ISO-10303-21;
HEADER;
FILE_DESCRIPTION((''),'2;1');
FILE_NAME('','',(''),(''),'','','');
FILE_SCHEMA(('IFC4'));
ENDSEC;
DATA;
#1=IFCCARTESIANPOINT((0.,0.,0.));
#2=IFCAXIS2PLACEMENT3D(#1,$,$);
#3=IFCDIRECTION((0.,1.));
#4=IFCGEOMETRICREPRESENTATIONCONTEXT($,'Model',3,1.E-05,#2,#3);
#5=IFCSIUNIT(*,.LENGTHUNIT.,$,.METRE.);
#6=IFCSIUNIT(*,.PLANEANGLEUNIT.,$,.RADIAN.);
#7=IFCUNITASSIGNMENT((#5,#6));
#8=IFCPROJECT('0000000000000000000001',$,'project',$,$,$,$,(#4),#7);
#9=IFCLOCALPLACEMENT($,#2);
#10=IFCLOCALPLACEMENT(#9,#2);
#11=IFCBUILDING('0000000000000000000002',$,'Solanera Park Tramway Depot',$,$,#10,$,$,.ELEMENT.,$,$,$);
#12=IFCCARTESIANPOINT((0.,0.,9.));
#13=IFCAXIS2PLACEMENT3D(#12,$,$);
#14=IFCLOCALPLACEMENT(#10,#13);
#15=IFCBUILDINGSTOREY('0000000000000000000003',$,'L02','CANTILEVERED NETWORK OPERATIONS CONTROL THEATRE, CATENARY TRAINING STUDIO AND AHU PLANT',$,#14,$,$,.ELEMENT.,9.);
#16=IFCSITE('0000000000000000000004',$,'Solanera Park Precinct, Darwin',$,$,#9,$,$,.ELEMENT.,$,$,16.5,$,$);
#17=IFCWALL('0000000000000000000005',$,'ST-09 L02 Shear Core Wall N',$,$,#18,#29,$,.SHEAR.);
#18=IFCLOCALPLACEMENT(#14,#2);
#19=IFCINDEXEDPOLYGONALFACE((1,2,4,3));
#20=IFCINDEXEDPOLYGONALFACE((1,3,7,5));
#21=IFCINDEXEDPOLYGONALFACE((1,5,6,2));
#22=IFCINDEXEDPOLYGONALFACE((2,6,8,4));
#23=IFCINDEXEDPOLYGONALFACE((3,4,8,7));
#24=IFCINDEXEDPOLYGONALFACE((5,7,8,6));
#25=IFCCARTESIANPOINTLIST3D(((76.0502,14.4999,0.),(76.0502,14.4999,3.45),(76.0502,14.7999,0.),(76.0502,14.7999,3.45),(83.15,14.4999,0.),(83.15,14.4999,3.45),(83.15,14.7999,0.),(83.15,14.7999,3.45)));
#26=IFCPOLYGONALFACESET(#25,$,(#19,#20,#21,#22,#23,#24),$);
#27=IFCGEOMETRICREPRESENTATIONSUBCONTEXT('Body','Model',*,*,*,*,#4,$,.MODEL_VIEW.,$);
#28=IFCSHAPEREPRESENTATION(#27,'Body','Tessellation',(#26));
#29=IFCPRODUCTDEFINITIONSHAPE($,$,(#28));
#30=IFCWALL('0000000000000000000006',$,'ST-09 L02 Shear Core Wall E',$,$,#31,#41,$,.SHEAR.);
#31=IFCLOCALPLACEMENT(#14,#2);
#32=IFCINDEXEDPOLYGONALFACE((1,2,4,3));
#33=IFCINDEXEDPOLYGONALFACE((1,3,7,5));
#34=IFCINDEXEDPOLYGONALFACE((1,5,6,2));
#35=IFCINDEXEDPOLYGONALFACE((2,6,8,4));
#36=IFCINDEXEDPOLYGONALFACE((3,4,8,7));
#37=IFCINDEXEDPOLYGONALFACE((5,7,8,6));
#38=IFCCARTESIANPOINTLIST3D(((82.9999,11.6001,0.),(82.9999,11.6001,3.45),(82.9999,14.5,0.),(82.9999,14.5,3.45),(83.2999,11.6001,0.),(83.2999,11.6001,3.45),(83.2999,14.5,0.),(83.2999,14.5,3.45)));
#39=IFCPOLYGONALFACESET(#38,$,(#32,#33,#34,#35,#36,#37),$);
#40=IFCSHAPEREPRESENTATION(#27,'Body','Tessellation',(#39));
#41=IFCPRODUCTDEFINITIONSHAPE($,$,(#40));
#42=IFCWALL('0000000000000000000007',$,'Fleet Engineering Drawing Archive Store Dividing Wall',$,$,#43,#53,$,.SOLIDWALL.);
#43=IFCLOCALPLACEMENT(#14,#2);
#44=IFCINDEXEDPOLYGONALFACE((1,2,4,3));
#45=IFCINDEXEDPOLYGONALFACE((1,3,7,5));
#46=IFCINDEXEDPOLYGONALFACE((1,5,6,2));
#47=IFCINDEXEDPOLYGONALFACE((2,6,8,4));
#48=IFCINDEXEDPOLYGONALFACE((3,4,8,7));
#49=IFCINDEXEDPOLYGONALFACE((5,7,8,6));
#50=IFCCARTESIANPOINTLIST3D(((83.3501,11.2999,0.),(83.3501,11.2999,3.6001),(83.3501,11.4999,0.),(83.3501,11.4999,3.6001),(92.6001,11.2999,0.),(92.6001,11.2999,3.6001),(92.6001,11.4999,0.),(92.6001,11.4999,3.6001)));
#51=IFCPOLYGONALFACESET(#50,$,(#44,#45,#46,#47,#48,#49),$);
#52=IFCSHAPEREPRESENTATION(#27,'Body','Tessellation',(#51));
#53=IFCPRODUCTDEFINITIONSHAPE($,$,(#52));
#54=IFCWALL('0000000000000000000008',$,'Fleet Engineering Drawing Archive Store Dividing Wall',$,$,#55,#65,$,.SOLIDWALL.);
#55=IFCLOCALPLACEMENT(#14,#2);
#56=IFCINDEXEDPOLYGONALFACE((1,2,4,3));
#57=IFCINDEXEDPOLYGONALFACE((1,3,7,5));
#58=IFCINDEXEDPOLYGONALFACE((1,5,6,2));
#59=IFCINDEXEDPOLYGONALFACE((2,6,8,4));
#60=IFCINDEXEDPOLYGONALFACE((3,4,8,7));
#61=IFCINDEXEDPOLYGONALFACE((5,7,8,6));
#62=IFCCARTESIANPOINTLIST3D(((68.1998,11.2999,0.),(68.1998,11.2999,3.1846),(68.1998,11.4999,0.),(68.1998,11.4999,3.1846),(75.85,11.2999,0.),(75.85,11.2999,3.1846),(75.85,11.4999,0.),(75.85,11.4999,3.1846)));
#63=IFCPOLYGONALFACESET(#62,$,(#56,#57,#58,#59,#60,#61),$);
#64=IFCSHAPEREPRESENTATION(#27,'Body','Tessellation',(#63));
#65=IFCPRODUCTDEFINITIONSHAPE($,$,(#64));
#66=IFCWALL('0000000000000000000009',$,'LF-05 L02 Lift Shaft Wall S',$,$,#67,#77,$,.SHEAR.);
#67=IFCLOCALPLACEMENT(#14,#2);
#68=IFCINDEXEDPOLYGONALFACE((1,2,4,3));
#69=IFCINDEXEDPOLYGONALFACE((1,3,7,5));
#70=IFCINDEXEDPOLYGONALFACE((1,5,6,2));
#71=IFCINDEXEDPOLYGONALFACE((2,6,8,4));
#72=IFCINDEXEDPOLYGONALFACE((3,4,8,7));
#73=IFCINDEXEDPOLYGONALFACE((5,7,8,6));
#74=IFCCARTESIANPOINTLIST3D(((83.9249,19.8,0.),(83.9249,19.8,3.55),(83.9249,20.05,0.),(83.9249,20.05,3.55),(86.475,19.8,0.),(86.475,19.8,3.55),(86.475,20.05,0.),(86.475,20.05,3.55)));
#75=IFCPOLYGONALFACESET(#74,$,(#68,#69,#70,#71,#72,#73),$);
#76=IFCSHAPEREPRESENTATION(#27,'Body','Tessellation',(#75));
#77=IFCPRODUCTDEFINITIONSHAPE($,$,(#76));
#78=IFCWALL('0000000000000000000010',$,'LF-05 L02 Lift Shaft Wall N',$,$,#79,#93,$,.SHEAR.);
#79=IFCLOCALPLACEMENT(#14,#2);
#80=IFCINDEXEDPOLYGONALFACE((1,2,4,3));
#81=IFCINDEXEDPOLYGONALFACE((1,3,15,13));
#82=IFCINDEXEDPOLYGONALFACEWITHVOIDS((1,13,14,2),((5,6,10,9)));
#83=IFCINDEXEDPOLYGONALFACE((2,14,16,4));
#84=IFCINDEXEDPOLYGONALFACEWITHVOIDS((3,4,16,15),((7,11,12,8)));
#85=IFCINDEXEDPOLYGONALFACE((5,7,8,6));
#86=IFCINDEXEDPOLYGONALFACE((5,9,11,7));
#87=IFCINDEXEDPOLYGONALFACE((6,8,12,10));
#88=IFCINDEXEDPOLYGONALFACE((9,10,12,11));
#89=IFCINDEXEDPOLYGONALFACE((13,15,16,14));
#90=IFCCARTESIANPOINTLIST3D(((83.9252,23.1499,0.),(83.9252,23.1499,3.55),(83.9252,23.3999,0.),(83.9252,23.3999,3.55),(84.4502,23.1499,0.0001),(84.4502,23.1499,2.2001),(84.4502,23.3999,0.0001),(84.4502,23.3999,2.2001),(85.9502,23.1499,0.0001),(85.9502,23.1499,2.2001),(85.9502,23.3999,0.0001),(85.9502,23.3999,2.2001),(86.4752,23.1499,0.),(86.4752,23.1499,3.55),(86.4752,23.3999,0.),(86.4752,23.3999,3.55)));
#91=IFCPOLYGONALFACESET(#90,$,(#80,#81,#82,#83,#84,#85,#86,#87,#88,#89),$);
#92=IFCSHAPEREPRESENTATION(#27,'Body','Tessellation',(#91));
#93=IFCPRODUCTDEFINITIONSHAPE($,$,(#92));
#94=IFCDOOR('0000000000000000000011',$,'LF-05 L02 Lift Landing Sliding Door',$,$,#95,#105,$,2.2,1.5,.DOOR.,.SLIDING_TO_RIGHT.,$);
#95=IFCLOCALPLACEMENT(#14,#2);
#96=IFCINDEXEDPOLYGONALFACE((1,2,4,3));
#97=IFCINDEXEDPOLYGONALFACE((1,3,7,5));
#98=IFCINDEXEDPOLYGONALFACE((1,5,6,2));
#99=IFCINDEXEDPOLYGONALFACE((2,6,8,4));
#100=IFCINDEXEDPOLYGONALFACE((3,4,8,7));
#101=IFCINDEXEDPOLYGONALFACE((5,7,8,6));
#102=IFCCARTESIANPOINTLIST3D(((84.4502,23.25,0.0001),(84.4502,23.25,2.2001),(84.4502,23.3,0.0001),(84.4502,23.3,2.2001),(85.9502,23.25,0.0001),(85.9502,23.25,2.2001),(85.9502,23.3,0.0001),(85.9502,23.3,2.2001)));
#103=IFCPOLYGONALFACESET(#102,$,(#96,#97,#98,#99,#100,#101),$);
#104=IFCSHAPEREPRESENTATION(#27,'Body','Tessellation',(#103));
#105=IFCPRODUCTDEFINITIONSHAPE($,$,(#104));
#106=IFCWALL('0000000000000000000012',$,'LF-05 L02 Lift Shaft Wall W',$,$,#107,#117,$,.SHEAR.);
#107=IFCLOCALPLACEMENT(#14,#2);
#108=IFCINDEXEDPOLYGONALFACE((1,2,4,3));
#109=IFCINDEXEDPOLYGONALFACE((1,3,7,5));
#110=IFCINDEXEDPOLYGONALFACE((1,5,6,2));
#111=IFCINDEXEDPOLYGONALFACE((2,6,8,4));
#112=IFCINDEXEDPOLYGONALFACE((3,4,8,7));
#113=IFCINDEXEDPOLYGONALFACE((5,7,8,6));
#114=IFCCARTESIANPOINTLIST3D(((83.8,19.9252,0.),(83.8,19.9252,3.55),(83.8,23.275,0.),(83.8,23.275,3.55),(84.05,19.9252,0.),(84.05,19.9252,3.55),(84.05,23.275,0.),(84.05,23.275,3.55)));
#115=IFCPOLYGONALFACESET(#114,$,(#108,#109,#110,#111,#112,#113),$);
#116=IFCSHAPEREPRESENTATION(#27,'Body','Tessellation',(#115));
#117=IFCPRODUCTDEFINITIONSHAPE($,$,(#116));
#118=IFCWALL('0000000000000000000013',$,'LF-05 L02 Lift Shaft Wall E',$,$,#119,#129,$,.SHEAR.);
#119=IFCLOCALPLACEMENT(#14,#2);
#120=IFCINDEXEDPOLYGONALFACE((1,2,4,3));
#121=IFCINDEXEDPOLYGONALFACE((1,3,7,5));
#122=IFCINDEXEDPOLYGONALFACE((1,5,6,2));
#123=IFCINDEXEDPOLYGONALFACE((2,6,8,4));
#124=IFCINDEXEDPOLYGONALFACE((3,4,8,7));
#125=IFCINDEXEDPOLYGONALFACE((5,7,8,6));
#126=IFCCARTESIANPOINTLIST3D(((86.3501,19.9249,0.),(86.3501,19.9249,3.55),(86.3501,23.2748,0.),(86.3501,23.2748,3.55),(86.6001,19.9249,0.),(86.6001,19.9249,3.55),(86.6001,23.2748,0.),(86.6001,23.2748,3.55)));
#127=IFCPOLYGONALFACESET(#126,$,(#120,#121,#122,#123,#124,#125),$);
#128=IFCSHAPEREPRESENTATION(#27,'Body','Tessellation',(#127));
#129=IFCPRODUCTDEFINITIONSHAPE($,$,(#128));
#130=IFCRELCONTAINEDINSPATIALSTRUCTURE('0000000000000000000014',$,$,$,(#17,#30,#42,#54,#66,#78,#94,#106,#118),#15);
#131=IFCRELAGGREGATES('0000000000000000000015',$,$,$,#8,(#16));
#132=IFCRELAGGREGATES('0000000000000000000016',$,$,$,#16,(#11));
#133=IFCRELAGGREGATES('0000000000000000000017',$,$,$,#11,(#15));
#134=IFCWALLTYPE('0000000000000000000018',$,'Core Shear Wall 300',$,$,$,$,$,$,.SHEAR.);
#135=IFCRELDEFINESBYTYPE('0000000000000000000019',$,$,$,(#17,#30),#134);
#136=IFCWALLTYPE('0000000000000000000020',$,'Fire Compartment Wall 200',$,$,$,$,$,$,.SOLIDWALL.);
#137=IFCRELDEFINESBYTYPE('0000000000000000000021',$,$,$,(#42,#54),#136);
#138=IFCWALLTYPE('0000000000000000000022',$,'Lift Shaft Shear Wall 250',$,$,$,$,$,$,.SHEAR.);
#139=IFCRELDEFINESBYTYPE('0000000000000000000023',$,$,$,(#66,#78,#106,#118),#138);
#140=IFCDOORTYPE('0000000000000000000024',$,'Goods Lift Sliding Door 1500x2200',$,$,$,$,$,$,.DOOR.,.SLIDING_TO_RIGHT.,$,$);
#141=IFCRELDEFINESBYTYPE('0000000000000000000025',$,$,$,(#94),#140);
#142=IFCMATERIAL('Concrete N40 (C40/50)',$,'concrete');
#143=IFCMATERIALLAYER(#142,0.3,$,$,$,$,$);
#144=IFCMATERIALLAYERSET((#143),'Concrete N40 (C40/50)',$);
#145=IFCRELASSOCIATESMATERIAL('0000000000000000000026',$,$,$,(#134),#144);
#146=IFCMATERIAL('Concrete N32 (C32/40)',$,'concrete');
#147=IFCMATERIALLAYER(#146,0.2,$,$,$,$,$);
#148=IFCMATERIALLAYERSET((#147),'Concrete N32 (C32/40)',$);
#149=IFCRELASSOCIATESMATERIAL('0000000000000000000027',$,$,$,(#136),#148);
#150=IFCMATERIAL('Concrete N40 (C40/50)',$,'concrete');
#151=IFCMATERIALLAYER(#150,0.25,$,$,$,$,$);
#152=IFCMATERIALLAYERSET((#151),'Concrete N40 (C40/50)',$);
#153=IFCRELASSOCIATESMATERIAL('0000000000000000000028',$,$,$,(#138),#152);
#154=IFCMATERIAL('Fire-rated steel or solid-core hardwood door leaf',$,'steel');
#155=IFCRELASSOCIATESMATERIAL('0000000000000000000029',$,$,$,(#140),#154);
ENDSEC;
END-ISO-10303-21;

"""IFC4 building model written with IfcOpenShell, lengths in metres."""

from ifc_helpers import new_model, si_unit, direction, frame, frame_2d, origin, place, context, subcontext, project, spatial, rectangle, extrude, material, layer, layer_set, type_object, element, fill, save


model = new_model("IFC4")

# Units and contexts
model_context = context("Model", 3, precision=1e-05, world=origin(), true_north=direction((0.0, 1.0)))
body_context = subcontext(model_context, "Body", "Model", "MODEL_VIEW")
ifc_project = project(units=[si_unit("LENGTHUNIT", "METRE"), si_unit("PLANEANGLEUNIT", "RADIAN")], contexts=[model_context])

# Site, building, storey
site_placement = place(None, origin())
site = spatial("IfcSite", under=ifc_project, at=site_placement, Name="Solanera Park Precinct, Darwin", CompositionType="ELEMENT", RefElevation=16.5)
building_placement = place(site_placement, origin())
building = spatial("IfcBuilding", under=site, at=building_placement, Name="Solanera Park Tramway Depot", CompositionType="ELEMENT")
storey_placement = place(building_placement, frame((0.0, 0.0, 9.0)))
storey = spatial("IfcBuildingStorey", under=building, at=storey_placement, Name="L02", Description="CANTILEVERED NETWORK OPERATIONS CONTROL THEATRE, CATENARY TRAINING STUDIO AND AHU PLANT", CompositionType="ELEMENT", Elevation=9.0)

# Walls
ifc_material_1 = material(Name="Concrete N40 (C40/50)", Category="concrete")
ifc_layer_1 = layer(ifc_material_1, 0.3)
ifc_layer_set_1 = layer_set([ifc_layer_1], Name="Concrete N40 (C40/50)")
wall_type_1 = type_object("IfcWallType", Name="Core Shear Wall 300", PredefinedType="SHEAR", material=ifc_layer_set_1)
for number, where, z_axis, x_axis, name in (
    (1, (83.1499, 14.6499, 0.0), (0.0, 0.0, 1.0), (-1.0, 0.0, 0.0), "ST-09 L02 Shear Core Wall N"),
):
    element("IfcWall", number, at=place(storey_placement, frame(where, z_axis=z_axis, x_axis=x_axis)), inside=storey, type_object=wall_type_1, Name=name, PredefinedType="SHEAR", context=body_context, shape_type="SweptSolid", body=[
        extrude(rectangle(XDim=7.0999, YDim=0.3, at=frame_2d((3.5498, 0.0))), origin(), (0.0, 0.0, 1.0), 3.45),
    ])
wall_1_placement = place(storey_placement, frame((83.1499, 11.6001, 0.0), z_axis=(0.0, 0.0, 1.0), x_axis=(0.0, 1.0, 0.0)))
element("IfcWall", 2, at=wall_1_placement, inside=storey, type_object=wall_type_1, Name="ST-09 L02 Shear Core Wall E", PredefinedType="SHEAR", context=body_context, shape_type="SweptSolid", body=[
    extrude(rectangle(XDim=2.8999, YDim=0.3, at=frame_2d((1.45, 0.0))), origin(), (0.0, 0.0, 1.0), 3.45),
])

# Walls
ifc_material_2 = material(Name="Concrete N32 (C32/40)", Category="concrete")
ifc_layer_2 = layer(ifc_material_2, 0.2)
ifc_layer_set_2 = layer_set([ifc_layer_2], Name="Concrete N32 (C32/40)")
wall_type_2 = type_object("IfcWallType", Name="Fire Compartment Wall 200", PredefinedType="SOLIDWALL", material=ifc_layer_set_2)
wall_2_placement = place(storey_placement, frame((92.6001, 11.3999, 0.0), z_axis=(0.0, 0.0, 1.0), x_axis=(-1.0, 0.0, 0.0)))
element("IfcWall", 3, at=wall_2_placement, inside=storey, type_object=wall_type_2, Name="Fleet Engineering Drawing Archive Store Dividing Wall", PredefinedType="SOLIDWALL", context=body_context, shape_type="SweptSolid", body=[
    extrude(rectangle(XDim=9.25, YDim=0.2, at=frame_2d((4.625, 0.0))), origin(), (0.0, 0.0, 1.0), 3.6001),
])
wall_3_placement = place(storey_placement, frame((75.8501, 11.3999, 0.0), z_axis=(0.0, 0.0, 1.0), x_axis=(-1.0, 0.0, 0.0)))
element("IfcWall", 4, at=wall_3_placement, inside=storey, type_object=wall_type_2, Name="Fleet Engineering Drawing Archive Store Dividing Wall", PredefinedType="SOLIDWALL", context=body_context, shape_type="SweptSolid", body=[
    extrude(rectangle(XDim=7.6501, YDim=0.2, at=frame_2d((3.8252, 0.0))), origin(), (0.0, 0.0, 1.0), 3.1846),
])
ifc_material_3 = material(Name="Concrete N40 (C40/50)", Category="concrete")
ifc_layer_3 = layer(ifc_material_3, 0.25)
ifc_layer_set_3 = layer_set([ifc_layer_3], Name="Concrete N40 (C40/50)")
wall_type_3 = type_object("IfcWallType", Name="Lift Shaft Shear Wall 250", PredefinedType="SHEAR", material=ifc_layer_set_3)
wall_4_placement = place(storey_placement, frame((83.925, 19.925, 0.0), z_axis=(0.0, 0.0, 1.0), x_axis=(1.0, 0.0, 0.0)))
element("IfcWall", 5, at=wall_4_placement, inside=storey, type_object=wall_type_3, Name="LF-05 L02 Lift Shaft Wall S", PredefinedType="SHEAR", context=body_context, shape_type="SweptSolid", body=[
    extrude(rectangle(XDim=2.55, YDim=0.25, at=frame_2d((1.2749, 0.0))), origin(), (0.0, 0.0, 1.0), 3.55),
])

# Wall, opening, door
wall_5_placement = place(storey_placement, frame((86.4751, 23.2749, 0.0), z_axis=(0.0, 0.0, 1.0), x_axis=(-1.0, 0.0, 0.0)))
wall_5 = element("IfcWall", 6, at=wall_5_placement, inside=storey, type_object=wall_type_3, Name="LF-05 L02 Lift Shaft Wall N", PredefinedType="SHEAR", context=body_context, shape_type="SweptSolid", body=[
    extrude(rectangle(XDim=2.55, YDim=0.25, at=frame_2d((1.2749, 0.0))), origin(), (0.0, 0.0, 1.0), 3.55),
])
opening_1_placement = place(wall_5_placement, frame((0.5249, 0.0, 0.0)))
opening_1 = element("IfcOpeningElement", 7, at=opening_1_placement, cuts=wall_5, PredefinedType="OPENING", context=body_context, shape_type="SweptSolid", body=[
    extrude(rectangle(XDim=1.5, YDim=2.2, at=frame_2d((0.75, 1.1001))), frame((0.0, 0.135, 0.0), z_axis=(0.0, -1.0, 0.0), x_axis=(1.0, 0.0, 0.0)), (0.0, 0.0, 1.0), 0.27),
])
ifc_material_4 = material(Name="Fire-rated steel or solid-core hardwood door leaf", Category="steel")
door_type_1 = type_object("IfcDoorType", Name="Goods Lift Sliding Door 1500x2200", OperationType="SLIDING_TO_RIGHT", PredefinedType="DOOR", material=ifc_material_4)
door_1_placement = place(opening_1_placement, origin())
door_1 = element("IfcDoor", 8, at=door_1_placement, inside=storey, type_object=door_type_1, Name="LF-05 L02 Lift Landing Sliding Door", OperationType="SLIDING_TO_RIGHT", OverallHeight=2.2, OverallWidth=1.5, PredefinedType="DOOR", context=body_context, shape_type="SweptSolid", body=[
    extrude(rectangle(XDim=1.5, YDim=2.2, at=frame_2d((0.75, 1.1001))), frame((0.0, 0.0249, 0.0), z_axis=(0.0, -1.0, 0.0), x_axis=(1.0, 0.0, 0.0)), (0.0, 0.0, 1.0), 0.05),
])
fill(opening_1, door_1)

# Walls
for number, where, z_axis, x_axis, name in (
    (9, (83.925, 23.2749, 0.0), (0.0, 0.0, 1.0), (0.0, -1.0, 0.0), "LF-05 L02 Lift Shaft Wall W"),
    (10, (86.4751, 19.925, 0.0), (0.0, 0.0, 1.0), (0.0, 1.0, 0.0), "LF-05 L02 Lift Shaft Wall E"),
):
    element("IfcWall", number, at=place(storey_placement, frame(where, z_axis=z_axis, x_axis=x_axis)), inside=storey, type_object=wall_type_3, Name=name, PredefinedType="SHEAR", context=body_context, shape_type="SweptSolid", body=[
        extrude(rectangle(XDim=3.3499, YDim=0.25, at=frame_2d((1.6748, 0.0))), origin(), (0.0, 0.0, 1.0), 3.55),
    ])

save(model, "model.ifc")
